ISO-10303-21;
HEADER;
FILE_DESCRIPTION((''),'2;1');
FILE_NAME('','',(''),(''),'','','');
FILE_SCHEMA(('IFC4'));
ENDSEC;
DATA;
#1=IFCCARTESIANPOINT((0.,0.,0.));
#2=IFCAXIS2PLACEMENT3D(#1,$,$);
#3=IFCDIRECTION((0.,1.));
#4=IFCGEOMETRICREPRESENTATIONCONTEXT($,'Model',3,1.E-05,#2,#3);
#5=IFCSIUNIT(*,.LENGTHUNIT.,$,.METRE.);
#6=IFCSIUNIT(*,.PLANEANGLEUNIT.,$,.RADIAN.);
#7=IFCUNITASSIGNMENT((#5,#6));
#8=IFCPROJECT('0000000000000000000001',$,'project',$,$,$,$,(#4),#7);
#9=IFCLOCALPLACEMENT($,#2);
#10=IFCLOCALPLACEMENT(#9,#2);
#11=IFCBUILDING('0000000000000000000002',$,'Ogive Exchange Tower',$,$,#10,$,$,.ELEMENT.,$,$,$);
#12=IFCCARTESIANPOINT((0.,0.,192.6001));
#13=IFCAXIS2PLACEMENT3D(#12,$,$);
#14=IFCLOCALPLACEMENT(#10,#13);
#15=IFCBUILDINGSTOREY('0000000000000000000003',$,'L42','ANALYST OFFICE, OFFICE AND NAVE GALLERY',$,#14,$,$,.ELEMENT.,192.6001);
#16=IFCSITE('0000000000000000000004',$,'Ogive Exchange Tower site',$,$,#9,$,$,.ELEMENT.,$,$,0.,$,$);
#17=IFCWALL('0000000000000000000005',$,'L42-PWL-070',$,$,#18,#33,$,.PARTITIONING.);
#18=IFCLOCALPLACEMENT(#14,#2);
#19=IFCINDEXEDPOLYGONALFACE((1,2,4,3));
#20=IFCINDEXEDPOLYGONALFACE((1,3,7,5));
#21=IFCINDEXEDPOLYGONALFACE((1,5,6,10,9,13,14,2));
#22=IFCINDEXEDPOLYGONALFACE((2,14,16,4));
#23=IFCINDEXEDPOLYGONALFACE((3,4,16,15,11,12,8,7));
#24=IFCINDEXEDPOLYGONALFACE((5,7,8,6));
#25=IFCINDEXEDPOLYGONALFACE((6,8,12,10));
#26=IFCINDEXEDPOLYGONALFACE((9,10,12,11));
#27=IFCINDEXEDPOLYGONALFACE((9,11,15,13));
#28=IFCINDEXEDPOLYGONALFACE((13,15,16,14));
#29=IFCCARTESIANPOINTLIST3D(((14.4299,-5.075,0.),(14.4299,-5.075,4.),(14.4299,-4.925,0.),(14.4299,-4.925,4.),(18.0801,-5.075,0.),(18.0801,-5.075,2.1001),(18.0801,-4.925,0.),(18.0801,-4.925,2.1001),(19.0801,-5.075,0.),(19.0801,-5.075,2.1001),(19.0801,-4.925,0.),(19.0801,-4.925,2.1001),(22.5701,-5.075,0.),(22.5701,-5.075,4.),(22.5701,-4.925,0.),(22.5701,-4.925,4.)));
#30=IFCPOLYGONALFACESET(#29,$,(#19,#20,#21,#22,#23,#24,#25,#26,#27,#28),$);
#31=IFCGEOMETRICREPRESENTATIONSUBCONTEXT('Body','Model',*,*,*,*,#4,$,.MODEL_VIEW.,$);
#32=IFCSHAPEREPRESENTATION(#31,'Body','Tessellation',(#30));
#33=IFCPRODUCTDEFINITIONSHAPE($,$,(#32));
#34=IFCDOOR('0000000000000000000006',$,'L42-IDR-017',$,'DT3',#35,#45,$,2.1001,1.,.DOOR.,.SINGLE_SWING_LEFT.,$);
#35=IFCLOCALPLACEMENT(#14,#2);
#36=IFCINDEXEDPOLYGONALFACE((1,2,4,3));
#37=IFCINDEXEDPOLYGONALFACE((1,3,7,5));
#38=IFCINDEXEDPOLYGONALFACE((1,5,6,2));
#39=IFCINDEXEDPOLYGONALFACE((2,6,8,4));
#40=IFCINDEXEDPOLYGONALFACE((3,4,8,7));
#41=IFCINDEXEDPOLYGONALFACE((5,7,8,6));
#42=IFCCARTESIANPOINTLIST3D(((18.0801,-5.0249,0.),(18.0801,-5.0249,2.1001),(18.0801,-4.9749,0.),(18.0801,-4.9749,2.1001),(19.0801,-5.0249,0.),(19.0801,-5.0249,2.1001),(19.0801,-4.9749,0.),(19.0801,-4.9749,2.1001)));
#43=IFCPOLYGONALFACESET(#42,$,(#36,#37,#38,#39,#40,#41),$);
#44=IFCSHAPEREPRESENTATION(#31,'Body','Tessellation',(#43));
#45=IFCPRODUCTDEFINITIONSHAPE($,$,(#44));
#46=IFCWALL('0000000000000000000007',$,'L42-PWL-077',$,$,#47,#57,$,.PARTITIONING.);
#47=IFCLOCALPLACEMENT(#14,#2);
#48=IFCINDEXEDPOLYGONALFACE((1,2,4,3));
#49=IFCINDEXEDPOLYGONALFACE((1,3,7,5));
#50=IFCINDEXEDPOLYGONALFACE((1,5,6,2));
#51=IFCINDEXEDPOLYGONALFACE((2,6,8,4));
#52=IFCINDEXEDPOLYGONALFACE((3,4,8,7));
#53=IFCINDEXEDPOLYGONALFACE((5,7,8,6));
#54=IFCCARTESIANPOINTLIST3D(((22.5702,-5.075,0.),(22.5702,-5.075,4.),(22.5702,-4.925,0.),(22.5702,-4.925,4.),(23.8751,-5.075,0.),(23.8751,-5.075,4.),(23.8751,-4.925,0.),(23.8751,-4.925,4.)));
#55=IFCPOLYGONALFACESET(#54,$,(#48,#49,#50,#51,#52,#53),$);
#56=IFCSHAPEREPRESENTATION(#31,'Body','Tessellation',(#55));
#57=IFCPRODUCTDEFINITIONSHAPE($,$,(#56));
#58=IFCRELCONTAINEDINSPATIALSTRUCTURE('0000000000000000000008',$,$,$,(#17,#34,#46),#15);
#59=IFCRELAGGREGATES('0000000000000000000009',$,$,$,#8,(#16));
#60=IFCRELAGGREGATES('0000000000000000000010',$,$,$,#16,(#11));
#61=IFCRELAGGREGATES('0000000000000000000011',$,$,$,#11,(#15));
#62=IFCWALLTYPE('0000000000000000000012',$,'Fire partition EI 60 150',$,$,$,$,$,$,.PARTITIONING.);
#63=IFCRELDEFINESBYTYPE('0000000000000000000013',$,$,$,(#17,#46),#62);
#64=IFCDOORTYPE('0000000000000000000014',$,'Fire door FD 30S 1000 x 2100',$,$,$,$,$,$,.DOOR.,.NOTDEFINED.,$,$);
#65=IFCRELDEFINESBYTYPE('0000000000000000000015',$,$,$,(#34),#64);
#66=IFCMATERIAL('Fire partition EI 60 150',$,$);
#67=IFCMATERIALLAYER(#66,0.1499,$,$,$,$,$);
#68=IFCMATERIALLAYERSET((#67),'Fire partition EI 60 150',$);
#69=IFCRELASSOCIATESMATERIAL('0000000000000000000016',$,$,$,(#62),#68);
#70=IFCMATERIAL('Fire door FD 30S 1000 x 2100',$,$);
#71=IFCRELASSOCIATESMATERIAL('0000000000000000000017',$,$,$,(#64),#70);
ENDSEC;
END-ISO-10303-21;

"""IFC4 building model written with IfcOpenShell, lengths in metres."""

from ifc_helpers import new_model, si_unit, direction, frame, frame_2d, origin, place, context, subcontext, project, spatial, rectangle, extrude, material, layer, layer_set, type_object, element, fill, save


model = new_model("IFC4")

# Units and contexts
model_context = context("Model", 3, precision=1e-05, world=origin(), true_north=direction((0.0, 1.0)))
body_context = subcontext(model_context, "Body", "Model", "MODEL_VIEW")
ifc_project = project(units=[si_unit("LENGTHUNIT", "METRE"), si_unit("PLANEANGLEUNIT", "RADIAN")], contexts=[model_context])

# Site, building, storey
site_placement = place(None, origin())
site = spatial("IfcSite", under=ifc_project, at=site_placement, Name="Ogive Exchange Tower site", CompositionType="ELEMENT", RefElevation=0.0)
building_placement = place(site_placement, origin())
building = spatial("IfcBuilding", under=site, at=building_placement, Name="Ogive Exchange Tower", CompositionType="ELEMENT")
storey_placement = place(building_placement, frame((0.0, 0.0, 192.6001)))
storey = spatial("IfcBuildingStorey", under=building, at=storey_placement, Name="L42", Description="ANALYST OFFICE, OFFICE AND NAVE GALLERY", CompositionType="ELEMENT", Elevation=192.6001)

# Wall, opening, door
ifc_material_1 = material(Name="Fire partition EI 60 150")
ifc_layer_1 = layer(ifc_material_1, 0.1499)
ifc_layer_set_1 = layer_set([ifc_layer_1], Name="Fire partition EI 60 150")
wall_type_1 = type_object("IfcWallType", Name="Fire partition EI 60 150", PredefinedType="PARTITIONING", material=ifc_layer_set_1)
wall_1_placement = place(storey_placement, frame((22.5701, -5.0, 0.0), z_axis=(0.0, 0.0, 1.0), x_axis=(-1.0, 0.0, 0.0)))
wall_1 = element("IfcWall", 1, at=wall_1_placement, inside=storey, type_object=wall_type_1, Name="L42-PWL-070", PredefinedType="PARTITIONING", context=body_context, shape_type="SweptSolid", body=[
    extrude(rectangle(XDim=8.1401, YDim=0.1499, at=frame_2d((4.0701, 0.0))), origin(), (0.0, 0.0, 1.0), 4.0),
])
opening_1_placement = place(wall_1_placement, frame((3.49, 0.0, 0.0)))
opening_1 = element("IfcOpeningElement", 2, at=opening_1_placement, cuts=wall_1, PredefinedType="OPENING", context=body_context, shape_type="SweptSolid", body=[
    extrude(rectangle(XDim=1.0, YDim=2.1001, at=frame_2d((0.5, 1.05))), frame((0.0, 0.085, 0.0), z_axis=(0.0, -1.0, 0.0), x_axis=(1.0, 0.0, 0.0)), (0.0, 0.0, 1.0), 0.1699),
])
ifc_material_2 = material(Name="Fire door FD 30S 1000 x 2100")
door_type_1 = type_object("IfcDoorType", Name="Fire door FD 30S 1000 x 2100", OperationType="NOTDEFINED", PredefinedType="DOOR", material=ifc_material_2)
door_1_placement = place(opening_1_placement, origin())
door_1 = element("IfcDoor", 3, at=door_1_placement, inside=storey, type_object=door_type_1, Name="L42-IDR-017", ObjectType="DT3", OperationType="SINGLE_SWING_LEFT", OverallHeight=2.1001, OverallWidth=1.0, PredefinedType="DOOR", context=body_context, shape_type="SweptSolid", body=[
    extrude(rectangle(XDim=1.0, YDim=2.1001, at=frame_2d((0.5, 1.05))), frame((0.0, 0.0249, 0.0), z_axis=(0.0, -1.0, 0.0), x_axis=(1.0, 0.0, 0.0)), (0.0, 0.0, 1.0), 0.05),
])
fill(opening_1, door_1)

# Wall
wall_2_placement = place(storey_placement, frame((23.875, -5.0, 0.0), z_axis=(0.0, 0.0, 1.0), x_axis=(-1.0, 0.0, 0.0)))
element("IfcWall", 4, at=wall_2_placement, inside=storey, type_object=wall_type_1, Name="L42-PWL-077", PredefinedType="PARTITIONING", context=body_context, shape_type="SweptSolid", body=[
    extrude(rectangle(XDim=1.3049, YDim=0.1499, at=frame_2d((0.6523, 0.0))), origin(), (0.0, 0.0, 1.0), 4.0),
])

save(model, "model.ifc")
